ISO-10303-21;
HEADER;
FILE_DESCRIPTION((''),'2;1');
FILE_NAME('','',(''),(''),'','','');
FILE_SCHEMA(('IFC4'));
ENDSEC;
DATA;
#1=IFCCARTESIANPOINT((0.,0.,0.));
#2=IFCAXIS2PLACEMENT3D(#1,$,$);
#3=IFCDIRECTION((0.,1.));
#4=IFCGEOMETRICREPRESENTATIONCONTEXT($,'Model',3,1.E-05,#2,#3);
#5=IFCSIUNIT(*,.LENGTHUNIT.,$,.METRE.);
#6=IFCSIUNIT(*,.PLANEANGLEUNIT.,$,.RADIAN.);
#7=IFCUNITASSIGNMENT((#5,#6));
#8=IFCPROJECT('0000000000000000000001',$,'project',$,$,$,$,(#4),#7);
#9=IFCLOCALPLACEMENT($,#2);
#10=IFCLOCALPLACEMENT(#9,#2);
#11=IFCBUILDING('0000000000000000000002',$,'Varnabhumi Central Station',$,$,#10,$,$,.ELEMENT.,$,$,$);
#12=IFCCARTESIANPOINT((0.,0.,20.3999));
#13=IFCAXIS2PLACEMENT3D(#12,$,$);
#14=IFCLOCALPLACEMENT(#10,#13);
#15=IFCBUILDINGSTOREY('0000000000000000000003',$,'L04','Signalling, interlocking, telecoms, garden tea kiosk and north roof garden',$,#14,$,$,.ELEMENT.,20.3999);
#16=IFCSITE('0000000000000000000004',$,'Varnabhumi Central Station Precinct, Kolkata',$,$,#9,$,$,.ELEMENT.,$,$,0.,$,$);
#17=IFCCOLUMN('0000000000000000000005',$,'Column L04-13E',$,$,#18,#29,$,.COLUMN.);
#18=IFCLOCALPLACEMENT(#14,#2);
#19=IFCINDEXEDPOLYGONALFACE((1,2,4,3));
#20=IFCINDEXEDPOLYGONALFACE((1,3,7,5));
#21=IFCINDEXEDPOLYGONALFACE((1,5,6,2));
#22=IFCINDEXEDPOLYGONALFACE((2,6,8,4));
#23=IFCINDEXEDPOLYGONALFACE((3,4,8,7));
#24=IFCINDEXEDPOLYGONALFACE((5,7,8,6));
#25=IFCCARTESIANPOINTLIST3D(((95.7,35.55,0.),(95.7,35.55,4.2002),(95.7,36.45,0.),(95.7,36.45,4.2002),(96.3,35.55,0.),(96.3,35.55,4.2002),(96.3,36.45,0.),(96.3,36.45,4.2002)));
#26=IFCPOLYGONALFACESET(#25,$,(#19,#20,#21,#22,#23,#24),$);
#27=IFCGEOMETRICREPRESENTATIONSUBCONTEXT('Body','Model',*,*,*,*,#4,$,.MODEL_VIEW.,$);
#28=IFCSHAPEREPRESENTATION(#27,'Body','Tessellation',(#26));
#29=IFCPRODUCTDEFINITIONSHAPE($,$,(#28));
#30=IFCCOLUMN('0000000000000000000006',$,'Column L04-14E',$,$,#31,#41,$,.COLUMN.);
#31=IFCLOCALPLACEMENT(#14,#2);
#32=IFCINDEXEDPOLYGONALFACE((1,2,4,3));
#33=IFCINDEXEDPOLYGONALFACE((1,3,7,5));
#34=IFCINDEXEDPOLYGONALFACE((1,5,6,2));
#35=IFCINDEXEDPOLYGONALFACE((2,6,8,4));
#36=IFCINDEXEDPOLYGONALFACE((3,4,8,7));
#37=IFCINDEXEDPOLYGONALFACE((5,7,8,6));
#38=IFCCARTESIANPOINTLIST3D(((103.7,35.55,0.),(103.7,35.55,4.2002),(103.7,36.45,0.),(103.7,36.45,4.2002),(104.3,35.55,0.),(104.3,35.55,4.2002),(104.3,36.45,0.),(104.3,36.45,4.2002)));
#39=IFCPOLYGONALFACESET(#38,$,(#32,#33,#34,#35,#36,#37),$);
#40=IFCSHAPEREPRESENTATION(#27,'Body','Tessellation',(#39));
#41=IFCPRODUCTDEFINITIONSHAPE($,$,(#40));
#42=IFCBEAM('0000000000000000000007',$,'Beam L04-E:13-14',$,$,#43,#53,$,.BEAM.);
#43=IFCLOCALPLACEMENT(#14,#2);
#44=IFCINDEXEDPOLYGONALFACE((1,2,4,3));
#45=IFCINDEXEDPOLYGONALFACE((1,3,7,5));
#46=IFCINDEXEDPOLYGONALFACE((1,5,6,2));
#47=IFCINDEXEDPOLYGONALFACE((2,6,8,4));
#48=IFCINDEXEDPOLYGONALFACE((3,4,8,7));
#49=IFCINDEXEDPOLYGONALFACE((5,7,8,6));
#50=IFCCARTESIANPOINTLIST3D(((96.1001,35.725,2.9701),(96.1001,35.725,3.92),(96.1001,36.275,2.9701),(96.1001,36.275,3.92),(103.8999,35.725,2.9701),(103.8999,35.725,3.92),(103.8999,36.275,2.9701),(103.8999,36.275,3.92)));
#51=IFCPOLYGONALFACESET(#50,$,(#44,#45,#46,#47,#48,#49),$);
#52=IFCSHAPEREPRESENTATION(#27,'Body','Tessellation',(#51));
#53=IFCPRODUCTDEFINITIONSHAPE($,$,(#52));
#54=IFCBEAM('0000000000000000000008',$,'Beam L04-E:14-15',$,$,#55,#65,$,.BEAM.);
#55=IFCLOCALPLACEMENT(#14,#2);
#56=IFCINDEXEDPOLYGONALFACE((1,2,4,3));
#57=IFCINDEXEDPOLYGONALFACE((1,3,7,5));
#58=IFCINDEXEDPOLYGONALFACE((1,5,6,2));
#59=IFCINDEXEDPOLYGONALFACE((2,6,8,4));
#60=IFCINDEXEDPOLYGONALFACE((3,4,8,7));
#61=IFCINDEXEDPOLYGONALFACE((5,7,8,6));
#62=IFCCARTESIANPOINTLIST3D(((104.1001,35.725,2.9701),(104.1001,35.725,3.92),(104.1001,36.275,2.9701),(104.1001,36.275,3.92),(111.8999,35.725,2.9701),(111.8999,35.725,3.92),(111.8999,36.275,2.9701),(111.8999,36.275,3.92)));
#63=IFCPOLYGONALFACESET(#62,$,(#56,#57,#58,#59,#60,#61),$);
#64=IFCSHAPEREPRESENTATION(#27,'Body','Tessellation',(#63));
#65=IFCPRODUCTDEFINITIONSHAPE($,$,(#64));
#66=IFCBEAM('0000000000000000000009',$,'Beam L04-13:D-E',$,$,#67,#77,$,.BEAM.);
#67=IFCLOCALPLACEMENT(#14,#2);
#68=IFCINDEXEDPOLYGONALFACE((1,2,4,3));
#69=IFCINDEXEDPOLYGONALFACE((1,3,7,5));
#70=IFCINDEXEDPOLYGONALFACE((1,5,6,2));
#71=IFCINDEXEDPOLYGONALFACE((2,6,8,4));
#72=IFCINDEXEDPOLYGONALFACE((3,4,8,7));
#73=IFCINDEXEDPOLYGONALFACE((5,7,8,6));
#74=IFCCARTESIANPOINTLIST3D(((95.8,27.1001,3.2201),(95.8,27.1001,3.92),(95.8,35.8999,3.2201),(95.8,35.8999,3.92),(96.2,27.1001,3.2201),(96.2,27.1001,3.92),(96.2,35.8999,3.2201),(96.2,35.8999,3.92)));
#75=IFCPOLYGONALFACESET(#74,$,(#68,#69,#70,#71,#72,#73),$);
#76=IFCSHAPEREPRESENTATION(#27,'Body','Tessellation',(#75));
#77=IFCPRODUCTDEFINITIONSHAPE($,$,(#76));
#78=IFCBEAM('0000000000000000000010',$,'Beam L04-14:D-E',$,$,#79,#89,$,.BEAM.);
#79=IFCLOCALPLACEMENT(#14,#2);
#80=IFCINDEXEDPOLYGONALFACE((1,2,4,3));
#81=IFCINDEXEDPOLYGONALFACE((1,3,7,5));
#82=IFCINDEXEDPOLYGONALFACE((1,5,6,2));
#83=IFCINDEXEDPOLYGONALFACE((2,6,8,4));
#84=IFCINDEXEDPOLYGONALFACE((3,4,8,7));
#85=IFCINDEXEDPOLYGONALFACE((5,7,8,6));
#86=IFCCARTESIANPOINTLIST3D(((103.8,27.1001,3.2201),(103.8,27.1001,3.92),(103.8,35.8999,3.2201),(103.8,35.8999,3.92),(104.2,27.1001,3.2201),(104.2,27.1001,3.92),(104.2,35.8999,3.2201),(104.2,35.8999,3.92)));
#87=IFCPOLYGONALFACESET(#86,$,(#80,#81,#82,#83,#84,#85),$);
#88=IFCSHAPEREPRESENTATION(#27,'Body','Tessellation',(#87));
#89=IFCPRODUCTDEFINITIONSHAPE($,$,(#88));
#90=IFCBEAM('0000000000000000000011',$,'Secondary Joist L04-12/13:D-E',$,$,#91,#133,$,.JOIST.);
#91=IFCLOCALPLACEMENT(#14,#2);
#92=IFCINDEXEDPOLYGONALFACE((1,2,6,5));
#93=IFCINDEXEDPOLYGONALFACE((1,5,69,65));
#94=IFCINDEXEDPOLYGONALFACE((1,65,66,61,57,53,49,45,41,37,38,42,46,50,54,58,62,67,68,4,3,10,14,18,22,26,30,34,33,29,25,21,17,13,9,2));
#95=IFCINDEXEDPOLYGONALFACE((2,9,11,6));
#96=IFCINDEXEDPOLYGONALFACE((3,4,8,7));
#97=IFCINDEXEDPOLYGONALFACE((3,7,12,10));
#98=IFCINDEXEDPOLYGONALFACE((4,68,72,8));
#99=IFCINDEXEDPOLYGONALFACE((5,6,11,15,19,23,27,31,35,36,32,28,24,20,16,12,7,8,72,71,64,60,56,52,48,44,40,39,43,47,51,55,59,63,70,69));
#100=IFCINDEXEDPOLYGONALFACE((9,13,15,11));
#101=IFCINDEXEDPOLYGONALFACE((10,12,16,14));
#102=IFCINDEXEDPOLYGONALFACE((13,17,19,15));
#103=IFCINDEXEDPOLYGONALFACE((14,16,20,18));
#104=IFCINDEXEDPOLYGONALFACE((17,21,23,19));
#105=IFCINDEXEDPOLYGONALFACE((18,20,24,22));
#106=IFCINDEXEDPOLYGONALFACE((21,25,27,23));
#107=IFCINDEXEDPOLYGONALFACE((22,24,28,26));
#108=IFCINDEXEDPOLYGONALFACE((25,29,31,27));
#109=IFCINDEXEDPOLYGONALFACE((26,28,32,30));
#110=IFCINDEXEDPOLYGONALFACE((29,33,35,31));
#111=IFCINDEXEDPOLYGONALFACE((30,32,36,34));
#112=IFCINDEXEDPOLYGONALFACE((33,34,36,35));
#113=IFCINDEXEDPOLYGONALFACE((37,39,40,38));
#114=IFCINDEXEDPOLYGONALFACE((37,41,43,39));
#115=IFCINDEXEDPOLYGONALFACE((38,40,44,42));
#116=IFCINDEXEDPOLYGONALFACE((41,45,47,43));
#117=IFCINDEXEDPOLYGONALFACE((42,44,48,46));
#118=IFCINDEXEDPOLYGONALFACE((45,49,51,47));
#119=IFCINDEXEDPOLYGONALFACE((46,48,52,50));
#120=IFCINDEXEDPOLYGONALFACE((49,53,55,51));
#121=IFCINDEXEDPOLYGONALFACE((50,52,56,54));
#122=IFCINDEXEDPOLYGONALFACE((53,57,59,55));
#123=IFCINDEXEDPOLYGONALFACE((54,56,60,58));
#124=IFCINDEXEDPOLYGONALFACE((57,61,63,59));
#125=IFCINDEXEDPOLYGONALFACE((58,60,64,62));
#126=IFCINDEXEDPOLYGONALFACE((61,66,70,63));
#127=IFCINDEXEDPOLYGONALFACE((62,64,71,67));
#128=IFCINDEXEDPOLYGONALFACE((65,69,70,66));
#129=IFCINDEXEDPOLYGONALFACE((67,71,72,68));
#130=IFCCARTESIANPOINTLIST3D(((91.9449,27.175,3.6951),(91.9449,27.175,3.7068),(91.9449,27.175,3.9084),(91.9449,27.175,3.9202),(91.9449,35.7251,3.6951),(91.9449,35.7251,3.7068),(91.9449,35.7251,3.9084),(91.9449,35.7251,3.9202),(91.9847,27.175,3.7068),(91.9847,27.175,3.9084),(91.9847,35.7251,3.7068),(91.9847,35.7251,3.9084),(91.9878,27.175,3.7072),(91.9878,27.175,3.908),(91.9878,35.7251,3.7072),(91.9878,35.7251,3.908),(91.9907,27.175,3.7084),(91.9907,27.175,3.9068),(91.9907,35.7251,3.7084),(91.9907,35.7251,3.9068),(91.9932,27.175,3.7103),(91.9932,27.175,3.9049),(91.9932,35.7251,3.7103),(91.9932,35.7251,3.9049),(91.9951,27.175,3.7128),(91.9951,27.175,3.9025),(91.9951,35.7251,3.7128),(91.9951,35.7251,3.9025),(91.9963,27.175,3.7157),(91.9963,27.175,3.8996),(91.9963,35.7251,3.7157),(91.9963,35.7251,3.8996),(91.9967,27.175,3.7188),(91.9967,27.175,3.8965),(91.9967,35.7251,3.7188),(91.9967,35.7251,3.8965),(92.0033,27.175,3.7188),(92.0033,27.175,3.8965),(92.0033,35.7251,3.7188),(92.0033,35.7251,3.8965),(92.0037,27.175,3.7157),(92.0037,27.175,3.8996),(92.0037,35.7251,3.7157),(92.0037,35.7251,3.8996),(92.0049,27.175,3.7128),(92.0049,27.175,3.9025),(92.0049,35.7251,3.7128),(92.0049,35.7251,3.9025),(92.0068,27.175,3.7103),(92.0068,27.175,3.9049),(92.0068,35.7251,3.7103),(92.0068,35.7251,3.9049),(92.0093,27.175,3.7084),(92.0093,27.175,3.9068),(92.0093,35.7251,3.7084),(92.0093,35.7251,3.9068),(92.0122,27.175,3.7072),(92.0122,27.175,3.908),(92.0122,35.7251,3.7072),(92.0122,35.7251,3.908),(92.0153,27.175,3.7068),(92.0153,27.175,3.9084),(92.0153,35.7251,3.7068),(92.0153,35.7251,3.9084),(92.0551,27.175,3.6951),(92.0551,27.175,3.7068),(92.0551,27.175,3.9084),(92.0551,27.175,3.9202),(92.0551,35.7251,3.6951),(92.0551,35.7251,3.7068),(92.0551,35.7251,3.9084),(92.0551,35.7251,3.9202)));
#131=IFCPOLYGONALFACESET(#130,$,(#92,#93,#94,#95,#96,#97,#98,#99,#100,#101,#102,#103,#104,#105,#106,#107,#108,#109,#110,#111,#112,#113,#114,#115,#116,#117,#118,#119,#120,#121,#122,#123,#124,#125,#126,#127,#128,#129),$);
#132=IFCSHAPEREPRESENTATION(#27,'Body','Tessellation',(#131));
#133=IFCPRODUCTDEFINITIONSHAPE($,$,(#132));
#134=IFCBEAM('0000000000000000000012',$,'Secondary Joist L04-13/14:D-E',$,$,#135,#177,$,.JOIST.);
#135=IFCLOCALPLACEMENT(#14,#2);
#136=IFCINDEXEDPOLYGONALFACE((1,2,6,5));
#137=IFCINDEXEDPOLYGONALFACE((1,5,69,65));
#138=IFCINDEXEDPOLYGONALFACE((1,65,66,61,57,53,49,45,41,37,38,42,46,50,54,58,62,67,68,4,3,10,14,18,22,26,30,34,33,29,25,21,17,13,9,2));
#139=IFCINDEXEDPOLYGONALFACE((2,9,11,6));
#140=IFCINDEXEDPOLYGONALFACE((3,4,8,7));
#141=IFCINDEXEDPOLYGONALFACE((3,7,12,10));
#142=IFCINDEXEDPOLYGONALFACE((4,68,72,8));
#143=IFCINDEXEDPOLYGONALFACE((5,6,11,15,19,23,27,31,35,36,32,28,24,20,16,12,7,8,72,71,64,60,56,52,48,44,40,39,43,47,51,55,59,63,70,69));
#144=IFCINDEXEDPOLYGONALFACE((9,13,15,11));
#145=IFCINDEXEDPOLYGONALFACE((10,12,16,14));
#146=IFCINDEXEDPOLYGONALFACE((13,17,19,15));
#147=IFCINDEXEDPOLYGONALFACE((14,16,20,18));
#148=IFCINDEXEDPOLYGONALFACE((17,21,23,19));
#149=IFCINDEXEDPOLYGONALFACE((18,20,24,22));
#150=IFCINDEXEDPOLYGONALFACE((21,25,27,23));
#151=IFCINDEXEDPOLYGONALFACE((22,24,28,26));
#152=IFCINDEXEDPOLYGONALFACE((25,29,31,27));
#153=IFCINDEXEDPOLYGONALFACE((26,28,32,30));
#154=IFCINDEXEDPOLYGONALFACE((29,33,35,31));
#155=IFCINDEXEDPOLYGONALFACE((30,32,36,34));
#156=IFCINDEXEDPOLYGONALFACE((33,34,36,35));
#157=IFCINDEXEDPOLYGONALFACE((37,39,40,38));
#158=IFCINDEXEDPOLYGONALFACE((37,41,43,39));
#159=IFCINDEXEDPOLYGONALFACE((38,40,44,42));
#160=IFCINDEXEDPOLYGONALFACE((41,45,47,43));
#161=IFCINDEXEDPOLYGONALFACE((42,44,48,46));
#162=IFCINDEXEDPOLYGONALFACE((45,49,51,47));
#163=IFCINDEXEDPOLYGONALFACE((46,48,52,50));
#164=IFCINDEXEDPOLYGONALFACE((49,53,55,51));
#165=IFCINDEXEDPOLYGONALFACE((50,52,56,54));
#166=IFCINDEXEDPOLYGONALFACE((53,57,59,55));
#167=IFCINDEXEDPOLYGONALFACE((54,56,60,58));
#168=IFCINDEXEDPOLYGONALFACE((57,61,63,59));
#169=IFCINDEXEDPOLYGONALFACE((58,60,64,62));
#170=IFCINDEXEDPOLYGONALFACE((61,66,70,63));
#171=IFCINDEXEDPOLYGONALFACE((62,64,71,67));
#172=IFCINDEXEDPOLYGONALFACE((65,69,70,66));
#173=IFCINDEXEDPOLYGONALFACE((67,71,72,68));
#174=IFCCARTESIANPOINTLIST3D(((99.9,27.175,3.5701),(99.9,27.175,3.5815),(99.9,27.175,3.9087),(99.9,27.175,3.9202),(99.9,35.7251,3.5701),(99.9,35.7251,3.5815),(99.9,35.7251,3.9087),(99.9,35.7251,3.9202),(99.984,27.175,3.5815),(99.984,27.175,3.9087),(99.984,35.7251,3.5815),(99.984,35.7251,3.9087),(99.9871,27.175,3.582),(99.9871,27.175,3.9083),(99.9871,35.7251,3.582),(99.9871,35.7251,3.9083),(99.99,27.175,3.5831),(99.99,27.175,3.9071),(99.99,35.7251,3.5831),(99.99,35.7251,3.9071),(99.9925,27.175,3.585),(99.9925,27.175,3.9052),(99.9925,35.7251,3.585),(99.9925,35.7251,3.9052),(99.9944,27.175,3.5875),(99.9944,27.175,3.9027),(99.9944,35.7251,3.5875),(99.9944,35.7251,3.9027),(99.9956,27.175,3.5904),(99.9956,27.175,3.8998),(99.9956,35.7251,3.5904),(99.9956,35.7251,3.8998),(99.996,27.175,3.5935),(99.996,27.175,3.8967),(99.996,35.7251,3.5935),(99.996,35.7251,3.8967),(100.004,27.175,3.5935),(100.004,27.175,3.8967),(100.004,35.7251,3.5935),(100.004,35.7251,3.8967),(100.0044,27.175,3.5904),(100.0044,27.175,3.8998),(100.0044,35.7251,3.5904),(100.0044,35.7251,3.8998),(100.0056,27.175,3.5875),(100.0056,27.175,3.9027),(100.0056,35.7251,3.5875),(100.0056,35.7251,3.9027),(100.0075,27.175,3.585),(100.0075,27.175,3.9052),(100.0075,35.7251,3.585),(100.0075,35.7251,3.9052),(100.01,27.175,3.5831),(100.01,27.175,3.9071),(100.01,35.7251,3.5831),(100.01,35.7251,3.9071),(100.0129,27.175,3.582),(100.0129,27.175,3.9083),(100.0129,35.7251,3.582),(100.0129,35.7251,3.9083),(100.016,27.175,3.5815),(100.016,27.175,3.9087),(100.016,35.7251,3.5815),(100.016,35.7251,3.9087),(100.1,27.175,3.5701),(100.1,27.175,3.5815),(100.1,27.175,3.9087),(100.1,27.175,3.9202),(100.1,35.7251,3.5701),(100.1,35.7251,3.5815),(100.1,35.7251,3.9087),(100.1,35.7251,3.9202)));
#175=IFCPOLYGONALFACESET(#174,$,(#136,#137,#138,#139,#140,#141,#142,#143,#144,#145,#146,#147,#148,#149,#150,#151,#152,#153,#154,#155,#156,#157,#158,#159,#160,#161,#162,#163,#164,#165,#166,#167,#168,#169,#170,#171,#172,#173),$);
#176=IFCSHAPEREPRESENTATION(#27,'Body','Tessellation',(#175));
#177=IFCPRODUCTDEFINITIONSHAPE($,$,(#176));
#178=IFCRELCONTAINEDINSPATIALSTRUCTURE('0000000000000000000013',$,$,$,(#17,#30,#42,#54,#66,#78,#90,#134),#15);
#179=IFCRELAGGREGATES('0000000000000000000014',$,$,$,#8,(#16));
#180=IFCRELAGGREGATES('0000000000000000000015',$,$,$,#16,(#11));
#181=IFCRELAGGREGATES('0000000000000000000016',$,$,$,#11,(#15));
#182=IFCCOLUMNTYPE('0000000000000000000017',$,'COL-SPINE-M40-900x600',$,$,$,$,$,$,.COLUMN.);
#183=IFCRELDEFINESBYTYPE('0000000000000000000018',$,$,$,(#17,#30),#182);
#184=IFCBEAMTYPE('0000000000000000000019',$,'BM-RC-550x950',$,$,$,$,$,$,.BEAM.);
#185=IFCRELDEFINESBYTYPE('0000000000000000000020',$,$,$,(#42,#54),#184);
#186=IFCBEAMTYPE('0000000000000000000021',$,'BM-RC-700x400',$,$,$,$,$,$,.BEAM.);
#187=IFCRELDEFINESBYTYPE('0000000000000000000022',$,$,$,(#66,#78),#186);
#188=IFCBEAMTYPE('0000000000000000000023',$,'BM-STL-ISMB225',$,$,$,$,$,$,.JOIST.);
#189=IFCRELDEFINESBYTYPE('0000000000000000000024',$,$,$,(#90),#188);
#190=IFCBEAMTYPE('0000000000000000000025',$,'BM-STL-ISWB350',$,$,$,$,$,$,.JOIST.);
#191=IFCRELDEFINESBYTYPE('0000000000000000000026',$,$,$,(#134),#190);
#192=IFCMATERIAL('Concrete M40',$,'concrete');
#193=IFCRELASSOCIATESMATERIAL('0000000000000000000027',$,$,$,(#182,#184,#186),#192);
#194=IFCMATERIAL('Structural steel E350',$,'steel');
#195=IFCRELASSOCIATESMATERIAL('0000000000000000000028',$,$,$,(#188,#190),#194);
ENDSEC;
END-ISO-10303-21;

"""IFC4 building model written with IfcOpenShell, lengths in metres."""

from ifc_helpers import new_model, si_unit, direction, frame, origin, origin_2d, place, context, subcontext, project, spatial, rectangle, i_section, extrude, material, material_profile, profile_set, type_object, element, save


model = new_model("IFC4")

# Units and contexts
model_context = context("Model", 3, precision=1e-05, world=origin(), true_north=direction((0.0, 1.0)))
body_context = subcontext(model_context, "Body", "Model", "MODEL_VIEW")
ifc_project = project(units=[si_unit("LENGTHUNIT", "METRE"), si_unit("PLANEANGLEUNIT", "RADIAN")], contexts=[model_context])

# Site, building, storey
site_placement = place(None, origin())
site = spatial("IfcSite", under=ifc_project, at=site_placement, Name="Varnabhumi Central Station Precinct, Kolkata", CompositionType="ELEMENT", RefElevation=0.0)
building_placement = place(site_placement, origin())
building = spatial("IfcBuilding", under=site, at=building_placement, Name="Varnabhumi Central Station", CompositionType="ELEMENT")
storey_placement = place(building_placement, frame((0.0, 0.0, 20.3999)))
storey = spatial("IfcBuildingStorey", under=building, at=storey_placement, Name="L04", Description="Signalling, interlocking, telecoms, garden tea kiosk and north roof garden", CompositionType="ELEMENT", Elevation=20.3999)

# Columns
ifc_material_1 = material(Name="Concrete M40", Category="concrete")
ifc_material_profile_1 = material_profile(ifc_material_1, rectangle(XDim=0.6001, YDim=0.8999, at=origin_2d()), Name="Concrete M40", Category="concrete")
ifc_profile_set_1 = profile_set([ifc_material_profile_1], Name="Concrete M40")
column_type = type_object("IfcColumnType", Name="COL-SPINE-M40-900x600", PredefinedType="COLUMN", material=ifc_profile_set_1)
for number, where, z_axis, x_axis, name in (
    (1, (96.0, 36.0, 0.0), (0.0, 0.0, 1.0), (1.0, 0.0, 0.0), "Column L04-13E"),
    (2, (104.0, 36.0, 0.0), (0.0, 0.0, 1.0), (1.0, 0.0, 0.0), "Column L04-14E"),
):
    element("IfcColumn", number, at=place(storey_placement, frame(where, z_axis=z_axis, x_axis=x_axis)), inside=storey, type_object=column_type, Name=name, PredefinedType="COLUMN", context=body_context, shape_type="SweptSolid", body=[
        extrude(rectangle(XDim=0.6001, YDim=0.8999, at=origin_2d()), origin(), (0.0, 0.0, 1.0), 4.2002),
    ])

# Beams
ifc_material_profile_2 = material_profile(ifc_material_1, rectangle(XDim=0.55, YDim=0.95, at=origin_2d()), Name="Concrete M40", Category="concrete")
ifc_profile_set_2 = profile_set([ifc_material_profile_2], Name="Concrete M40")
beam_type_1 = type_object("IfcBeamType", Name="BM-RC-550x950", PredefinedType="BEAM", material=ifc_profile_set_2)
for number, where, z_axis, x_axis, name in (
    (3, (96.1001, 36.0, 3.4451), (1.0, 0.0, 0.0), (0.0, 1.0, 0.0), "Beam L04-E:13-14"),
    (4, (104.1001, 36.0, 3.4451), (1.0, 0.0, 0.0), (0.0, 1.0, 0.0), "Beam L04-E:14-15"),
):
    element("IfcBeam", number, at=place(storey_placement, frame(where, z_axis=z_axis, x_axis=x_axis)), inside=storey, type_object=beam_type_1, Name=name, PredefinedType="BEAM", context=body_context, shape_type="SweptSolid", body=[
        extrude(rectangle(XDim=0.55, YDim=0.95, at=origin_2d()), origin(), (0.0, 0.0, 1.0), 7.7998),
    ])
ifc_material_profile_3 = material_profile(ifc_material_1, rectangle(XDim=0.3999, YDim=0.7, at=origin_2d()), Name="Concrete M40", Category="concrete")
ifc_profile_set_3 = profile_set([ifc_material_profile_3], Name="Concrete M40")
beam_type_2 = type_object("IfcBeamType", Name="BM-RC-700x400", PredefinedType="BEAM", material=ifc_profile_set_3)
for number, where, z_axis, x_axis, name in (
    (5, (96.0, 27.1001, 3.5701), (0.0, 1.0, 0.0), (-1.0, 0.0, 0.0), "Beam L04-13:D-E"),
    (6, (104.0, 27.1001, 3.5701), (0.0, 1.0, 0.0), (-1.0, 0.0, 0.0), "Beam L04-14:D-E"),
):
    element("IfcBeam", number, at=place(storey_placement, frame(where, z_axis=z_axis, x_axis=x_axis)), inside=storey, type_object=beam_type_2, Name=name, PredefinedType="BEAM", context=body_context, shape_type="SweptSolid", body=[
        extrude(rectangle(XDim=0.3999, YDim=0.7, at=origin_2d()), origin(), (0.0, 0.0, 1.0), 8.7998),
    ])
ifc_material_2 = material(Name="Structural steel E350", Category="steel")
ifc_material_profile_4 = material_profile(ifc_material_2, i_section(OverallWidth=0.1101, OverallDepth=0.2251, WebThickness=0.0066, FlangeThickness=0.0117, FilletRadius=0.012, at=origin_2d()), Name="Structural steel E350", Category="steel")
ifc_profile_set_4 = profile_set([ifc_material_profile_4], Name="Structural steel E350")
beam_type_3 = type_object("IfcBeamType", Name="BM-STL-ISMB225", PredefinedType="JOIST", material=ifc_profile_set_4)
beam_1_placement = place(storey_placement, frame((92.0, 27.175, 3.8076), z_axis=(0.0, 1.0, 0.0), x_axis=(-1.0, 0.0, 0.0)))
element("IfcBeam", 7, at=beam_1_placement, inside=storey, type_object=beam_type_3, Name="Secondary Joist L04-12/13:D-E", PredefinedType="JOIST", context=body_context, shape_type="SweptSolid", body=[
    extrude(i_section(OverallWidth=0.1101, OverallDepth=0.2251, WebThickness=0.0066, FlangeThickness=0.0117, FilletRadius=0.012, at=origin_2d()), origin(), (0.0, 0.0, 1.0), 8.55),
])
ifc_material_profile_5 = material_profile(ifc_material_2, i_section(OverallWidth=0.2, OverallDepth=0.3501, WebThickness=0.0081, FlangeThickness=0.0115, FilletRadius=0.012, at=origin_2d()), Name="Structural steel E350", Category="steel")
ifc_profile_set_5 = profile_set([ifc_material_profile_5], Name="Structural steel E350")
beam_type_4 = type_object("IfcBeamType", Name="BM-STL-ISWB350", PredefinedType="JOIST", material=ifc_profile_set_5)
beam_2_placement = place(storey_placement, frame((100.0, 27.175, 3.7451), z_axis=(0.0, 1.0, 0.0), x_axis=(-1.0, 0.0, 0.0)))
element("IfcBeam", 8, at=beam_2_placement, inside=storey, type_object=beam_type_4, Name="Secondary Joist L04-13/14:D-E", PredefinedType="JOIST", context=body_context, shape_type="SweptSolid", body=[
    extrude(i_section(OverallWidth=0.2, OverallDepth=0.3501, WebThickness=0.0081, FlangeThickness=0.0115, FilletRadius=0.012, at=origin_2d()), origin(), (0.0, 0.0, 1.0), 8.55),
])

save(model, "model.ifc")
